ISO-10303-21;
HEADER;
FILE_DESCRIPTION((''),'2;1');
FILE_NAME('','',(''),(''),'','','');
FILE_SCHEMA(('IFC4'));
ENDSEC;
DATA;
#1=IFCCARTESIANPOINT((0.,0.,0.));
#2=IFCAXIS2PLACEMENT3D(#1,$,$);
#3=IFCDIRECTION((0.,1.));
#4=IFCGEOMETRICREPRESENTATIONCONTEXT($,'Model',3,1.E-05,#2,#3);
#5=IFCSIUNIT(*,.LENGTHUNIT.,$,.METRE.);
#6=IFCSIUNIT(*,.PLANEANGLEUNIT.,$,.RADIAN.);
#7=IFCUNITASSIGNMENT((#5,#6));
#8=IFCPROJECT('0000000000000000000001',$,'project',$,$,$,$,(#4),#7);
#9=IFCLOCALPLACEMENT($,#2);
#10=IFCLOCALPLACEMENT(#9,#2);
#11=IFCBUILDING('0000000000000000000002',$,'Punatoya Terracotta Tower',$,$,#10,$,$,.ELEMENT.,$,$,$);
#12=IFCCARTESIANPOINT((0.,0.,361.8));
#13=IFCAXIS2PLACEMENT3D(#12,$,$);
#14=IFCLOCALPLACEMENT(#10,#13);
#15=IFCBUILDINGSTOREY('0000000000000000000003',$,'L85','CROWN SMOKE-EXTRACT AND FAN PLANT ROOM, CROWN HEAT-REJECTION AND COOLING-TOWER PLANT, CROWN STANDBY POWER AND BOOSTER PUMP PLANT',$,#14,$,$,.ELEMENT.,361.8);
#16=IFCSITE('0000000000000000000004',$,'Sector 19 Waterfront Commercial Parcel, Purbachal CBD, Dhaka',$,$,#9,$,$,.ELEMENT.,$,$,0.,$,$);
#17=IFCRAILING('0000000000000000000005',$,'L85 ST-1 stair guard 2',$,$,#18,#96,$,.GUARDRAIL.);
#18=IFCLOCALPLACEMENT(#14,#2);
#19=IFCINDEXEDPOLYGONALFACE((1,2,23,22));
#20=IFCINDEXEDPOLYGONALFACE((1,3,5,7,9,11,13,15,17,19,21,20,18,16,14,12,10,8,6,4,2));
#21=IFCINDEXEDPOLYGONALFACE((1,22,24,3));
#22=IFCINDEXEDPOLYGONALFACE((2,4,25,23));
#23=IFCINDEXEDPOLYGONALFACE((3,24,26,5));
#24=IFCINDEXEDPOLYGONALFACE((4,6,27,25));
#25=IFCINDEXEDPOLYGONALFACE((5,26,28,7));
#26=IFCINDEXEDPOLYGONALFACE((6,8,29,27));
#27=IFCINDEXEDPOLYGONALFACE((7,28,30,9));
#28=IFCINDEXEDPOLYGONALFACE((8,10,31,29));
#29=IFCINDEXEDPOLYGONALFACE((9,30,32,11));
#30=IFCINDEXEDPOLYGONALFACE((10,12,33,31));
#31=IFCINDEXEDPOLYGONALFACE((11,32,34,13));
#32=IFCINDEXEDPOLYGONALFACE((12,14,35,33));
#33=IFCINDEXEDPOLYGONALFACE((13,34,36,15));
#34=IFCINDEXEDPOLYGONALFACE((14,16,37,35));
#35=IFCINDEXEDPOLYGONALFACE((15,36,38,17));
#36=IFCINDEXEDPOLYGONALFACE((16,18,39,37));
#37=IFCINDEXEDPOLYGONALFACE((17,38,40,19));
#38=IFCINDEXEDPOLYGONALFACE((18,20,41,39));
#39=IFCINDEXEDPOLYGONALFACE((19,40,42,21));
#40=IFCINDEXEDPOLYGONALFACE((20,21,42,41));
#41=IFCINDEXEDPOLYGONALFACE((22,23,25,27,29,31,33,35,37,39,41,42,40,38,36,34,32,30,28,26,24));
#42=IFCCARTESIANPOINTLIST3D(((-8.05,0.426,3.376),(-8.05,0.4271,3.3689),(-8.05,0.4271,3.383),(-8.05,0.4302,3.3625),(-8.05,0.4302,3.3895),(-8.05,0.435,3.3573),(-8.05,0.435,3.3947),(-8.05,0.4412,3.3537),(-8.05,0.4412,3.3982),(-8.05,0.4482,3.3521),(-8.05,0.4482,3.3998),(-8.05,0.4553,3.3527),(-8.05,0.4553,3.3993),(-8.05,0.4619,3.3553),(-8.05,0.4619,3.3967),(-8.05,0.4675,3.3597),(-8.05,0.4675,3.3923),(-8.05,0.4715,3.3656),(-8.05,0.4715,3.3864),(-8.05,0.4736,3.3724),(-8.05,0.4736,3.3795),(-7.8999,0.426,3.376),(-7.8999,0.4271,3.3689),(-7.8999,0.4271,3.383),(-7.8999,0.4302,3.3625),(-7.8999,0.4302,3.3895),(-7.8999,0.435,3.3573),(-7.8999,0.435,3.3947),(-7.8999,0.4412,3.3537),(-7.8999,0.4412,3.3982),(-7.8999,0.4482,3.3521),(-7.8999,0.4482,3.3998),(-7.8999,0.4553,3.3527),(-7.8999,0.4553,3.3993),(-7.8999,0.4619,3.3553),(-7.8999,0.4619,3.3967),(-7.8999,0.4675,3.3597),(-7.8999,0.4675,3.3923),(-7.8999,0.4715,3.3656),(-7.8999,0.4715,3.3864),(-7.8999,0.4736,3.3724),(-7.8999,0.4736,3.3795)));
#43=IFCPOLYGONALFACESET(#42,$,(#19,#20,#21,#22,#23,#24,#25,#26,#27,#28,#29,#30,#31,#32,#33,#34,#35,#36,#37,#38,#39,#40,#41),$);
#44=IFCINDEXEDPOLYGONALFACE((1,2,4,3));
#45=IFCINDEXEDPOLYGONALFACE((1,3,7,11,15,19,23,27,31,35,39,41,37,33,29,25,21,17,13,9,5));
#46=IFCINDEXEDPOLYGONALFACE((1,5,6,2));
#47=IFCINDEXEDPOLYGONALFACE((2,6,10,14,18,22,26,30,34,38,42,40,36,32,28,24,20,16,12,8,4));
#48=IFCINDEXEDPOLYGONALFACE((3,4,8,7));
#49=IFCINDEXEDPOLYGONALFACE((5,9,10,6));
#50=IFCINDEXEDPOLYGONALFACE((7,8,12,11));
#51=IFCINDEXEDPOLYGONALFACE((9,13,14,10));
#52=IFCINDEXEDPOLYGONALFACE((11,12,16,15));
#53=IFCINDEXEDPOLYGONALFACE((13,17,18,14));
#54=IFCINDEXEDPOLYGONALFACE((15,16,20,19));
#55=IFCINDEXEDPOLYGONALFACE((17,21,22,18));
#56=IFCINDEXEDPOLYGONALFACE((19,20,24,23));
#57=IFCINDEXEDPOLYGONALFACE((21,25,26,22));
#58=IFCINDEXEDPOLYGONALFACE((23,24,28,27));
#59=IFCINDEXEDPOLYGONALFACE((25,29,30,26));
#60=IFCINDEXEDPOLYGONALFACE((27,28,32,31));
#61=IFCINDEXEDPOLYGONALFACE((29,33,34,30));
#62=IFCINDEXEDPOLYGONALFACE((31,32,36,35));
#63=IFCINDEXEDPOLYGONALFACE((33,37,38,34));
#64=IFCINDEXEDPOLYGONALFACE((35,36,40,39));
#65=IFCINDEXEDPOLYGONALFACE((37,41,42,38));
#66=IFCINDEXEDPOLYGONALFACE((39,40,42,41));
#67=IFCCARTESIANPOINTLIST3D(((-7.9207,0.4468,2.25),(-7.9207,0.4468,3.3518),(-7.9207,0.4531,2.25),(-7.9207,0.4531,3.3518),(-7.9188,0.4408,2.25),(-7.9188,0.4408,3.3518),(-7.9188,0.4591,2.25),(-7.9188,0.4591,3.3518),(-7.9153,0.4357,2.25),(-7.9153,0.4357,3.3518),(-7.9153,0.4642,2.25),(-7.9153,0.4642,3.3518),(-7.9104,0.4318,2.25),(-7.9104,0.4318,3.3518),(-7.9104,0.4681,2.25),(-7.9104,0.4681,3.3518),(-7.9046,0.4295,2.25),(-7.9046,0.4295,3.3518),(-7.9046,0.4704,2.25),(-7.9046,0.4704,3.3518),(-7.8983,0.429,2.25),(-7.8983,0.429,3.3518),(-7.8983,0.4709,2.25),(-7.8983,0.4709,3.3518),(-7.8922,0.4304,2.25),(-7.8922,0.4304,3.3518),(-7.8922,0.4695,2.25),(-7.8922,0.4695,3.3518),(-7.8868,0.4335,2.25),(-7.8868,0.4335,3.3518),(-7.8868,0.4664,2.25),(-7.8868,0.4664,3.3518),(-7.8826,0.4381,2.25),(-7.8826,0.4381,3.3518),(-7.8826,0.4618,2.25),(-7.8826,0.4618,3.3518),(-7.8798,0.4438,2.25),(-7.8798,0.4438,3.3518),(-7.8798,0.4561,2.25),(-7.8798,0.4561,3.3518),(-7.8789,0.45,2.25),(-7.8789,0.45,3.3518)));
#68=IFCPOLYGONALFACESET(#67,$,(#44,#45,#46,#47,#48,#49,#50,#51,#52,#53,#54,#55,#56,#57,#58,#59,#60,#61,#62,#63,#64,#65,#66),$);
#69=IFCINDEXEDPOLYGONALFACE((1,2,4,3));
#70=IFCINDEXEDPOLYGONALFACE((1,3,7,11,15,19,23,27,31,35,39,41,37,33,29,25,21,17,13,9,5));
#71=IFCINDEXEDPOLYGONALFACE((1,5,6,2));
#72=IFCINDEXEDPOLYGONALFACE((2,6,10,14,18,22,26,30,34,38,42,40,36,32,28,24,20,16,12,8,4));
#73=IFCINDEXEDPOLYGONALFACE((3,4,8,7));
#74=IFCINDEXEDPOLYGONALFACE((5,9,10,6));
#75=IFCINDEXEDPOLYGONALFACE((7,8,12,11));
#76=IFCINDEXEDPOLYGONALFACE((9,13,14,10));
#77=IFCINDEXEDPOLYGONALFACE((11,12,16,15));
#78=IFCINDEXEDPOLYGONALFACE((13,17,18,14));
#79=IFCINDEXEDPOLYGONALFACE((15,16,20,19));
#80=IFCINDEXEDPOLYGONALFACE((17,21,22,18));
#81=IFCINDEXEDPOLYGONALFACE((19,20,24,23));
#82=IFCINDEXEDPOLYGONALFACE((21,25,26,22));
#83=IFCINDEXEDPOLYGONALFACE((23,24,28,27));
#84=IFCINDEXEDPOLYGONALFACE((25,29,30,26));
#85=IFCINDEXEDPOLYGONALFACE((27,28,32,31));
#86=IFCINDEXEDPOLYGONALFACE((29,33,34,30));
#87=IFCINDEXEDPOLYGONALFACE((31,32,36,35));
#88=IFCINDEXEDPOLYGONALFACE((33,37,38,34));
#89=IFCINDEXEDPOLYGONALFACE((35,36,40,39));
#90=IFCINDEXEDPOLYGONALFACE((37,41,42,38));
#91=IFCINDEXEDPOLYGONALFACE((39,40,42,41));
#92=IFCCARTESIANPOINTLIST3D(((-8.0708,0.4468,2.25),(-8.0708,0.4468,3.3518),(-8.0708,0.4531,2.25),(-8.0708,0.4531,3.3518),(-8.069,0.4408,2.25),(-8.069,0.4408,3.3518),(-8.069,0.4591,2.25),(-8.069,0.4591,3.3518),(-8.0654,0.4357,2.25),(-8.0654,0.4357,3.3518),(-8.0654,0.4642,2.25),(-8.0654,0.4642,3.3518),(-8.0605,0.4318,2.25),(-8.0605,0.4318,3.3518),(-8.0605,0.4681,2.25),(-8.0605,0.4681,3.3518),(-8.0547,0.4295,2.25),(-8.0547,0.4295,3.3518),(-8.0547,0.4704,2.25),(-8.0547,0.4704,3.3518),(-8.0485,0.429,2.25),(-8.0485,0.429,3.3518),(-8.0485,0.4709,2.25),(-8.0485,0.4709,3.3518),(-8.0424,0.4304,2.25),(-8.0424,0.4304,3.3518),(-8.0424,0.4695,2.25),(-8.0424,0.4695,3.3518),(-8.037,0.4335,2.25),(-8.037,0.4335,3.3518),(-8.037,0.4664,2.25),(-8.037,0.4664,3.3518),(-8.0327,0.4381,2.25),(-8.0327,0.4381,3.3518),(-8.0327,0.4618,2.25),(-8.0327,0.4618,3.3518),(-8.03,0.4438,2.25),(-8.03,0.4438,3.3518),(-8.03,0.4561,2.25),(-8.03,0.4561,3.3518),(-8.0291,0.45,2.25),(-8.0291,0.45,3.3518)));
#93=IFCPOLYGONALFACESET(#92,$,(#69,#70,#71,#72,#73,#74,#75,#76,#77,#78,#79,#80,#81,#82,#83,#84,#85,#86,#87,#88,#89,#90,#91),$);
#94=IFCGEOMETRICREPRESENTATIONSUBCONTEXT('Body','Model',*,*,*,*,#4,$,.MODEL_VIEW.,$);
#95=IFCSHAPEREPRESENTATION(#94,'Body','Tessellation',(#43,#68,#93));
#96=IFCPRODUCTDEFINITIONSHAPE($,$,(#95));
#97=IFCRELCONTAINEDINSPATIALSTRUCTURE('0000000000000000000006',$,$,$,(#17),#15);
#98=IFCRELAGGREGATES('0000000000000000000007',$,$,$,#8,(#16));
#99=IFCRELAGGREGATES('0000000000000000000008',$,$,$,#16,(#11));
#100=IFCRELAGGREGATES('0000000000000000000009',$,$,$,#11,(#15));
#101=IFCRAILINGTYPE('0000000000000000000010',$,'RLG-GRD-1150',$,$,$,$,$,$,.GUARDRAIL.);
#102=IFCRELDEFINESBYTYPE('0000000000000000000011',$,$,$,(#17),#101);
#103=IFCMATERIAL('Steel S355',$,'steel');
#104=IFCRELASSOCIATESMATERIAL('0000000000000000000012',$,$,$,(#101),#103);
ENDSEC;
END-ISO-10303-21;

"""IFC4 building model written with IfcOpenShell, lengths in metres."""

from ifc_helpers import new_model, si_unit, direction, frame, origin, origin_2d, place, context, subcontext, project, spatial, circle, extrude, material, type_object, element, save


model = new_model("IFC4")

# Units and contexts
model_context = context("Model", 3, precision=1e-05, world=origin(), true_north=direction((0.0, 1.0)))
body_context = subcontext(model_context, "Body", "Model", "MODEL_VIEW")
ifc_project = project(units=[si_unit("LENGTHUNIT", "METRE"), si_unit("PLANEANGLEUNIT", "RADIAN")], contexts=[model_context])

# Site, building, storey
site_placement = place(None, origin())
site = spatial("IfcSite", under=ifc_project, at=site_placement, Name="Sector 19 Waterfront Commercial Parcel, Purbachal CBD, Dhaka", CompositionType="ELEMENT", RefElevation=0.0)
building_placement = place(site_placement, origin())
building = spatial("IfcBuilding", under=site, at=building_placement, Name="Punatoya Terracotta Tower", CompositionType="ELEMENT")
storey_placement = place(building_placement, frame((0.0, 0.0, 361.8)))
storey = spatial("IfcBuildingStorey", under=building, at=storey_placement, Name="L85", Description="CROWN SMOKE-EXTRACT AND FAN PLANT ROOM, CROWN HEAT-REJECTION AND COOLING-TOWER PLANT, CROWN STANDBY POWER AND BOOSTER PUMP PLANT", CompositionType="ELEMENT", Elevation=361.8)

# Shared definitions
ifc_material_1 = material(Name="Steel S355", Category="steel")

# Railing
railing_type_1 = type_object("IfcRailingType", Name="RLG-GRD-1150", PredefinedType="GUARDRAIL", material=ifc_material_1)
railing_1_placement = place(storey_placement, frame((-7.8999, 0.45, 2.25)))
element("IfcRailing", 1, at=railing_1_placement, inside=storey, type_object=railing_type_1, Name="L85 ST-1 stair guard 2", PredefinedType="GUARDRAIL", context=body_context, shape_type="SweptSolid", body=[
    extrude(circle(Radius=0.0239, at=origin_2d()), frame((0.0, 0.0, 1.126), z_axis=(-1.0, 0.0, 0.0), x_axis=(0.0, -1.0, 0.0)), (0.0, 0.0, 1.0), 0.1501),
    extrude(circle(Radius=0.021, at=origin_2d()), origin(), (0.0, 0.0, 1.0), 1.1018),
    extrude(circle(Radius=0.021, at=origin_2d()), frame((-0.1501, 0.0, 0.0)), (0.0, 0.0, 1.0), 1.1018),
])

save(model, "model.ifc")
